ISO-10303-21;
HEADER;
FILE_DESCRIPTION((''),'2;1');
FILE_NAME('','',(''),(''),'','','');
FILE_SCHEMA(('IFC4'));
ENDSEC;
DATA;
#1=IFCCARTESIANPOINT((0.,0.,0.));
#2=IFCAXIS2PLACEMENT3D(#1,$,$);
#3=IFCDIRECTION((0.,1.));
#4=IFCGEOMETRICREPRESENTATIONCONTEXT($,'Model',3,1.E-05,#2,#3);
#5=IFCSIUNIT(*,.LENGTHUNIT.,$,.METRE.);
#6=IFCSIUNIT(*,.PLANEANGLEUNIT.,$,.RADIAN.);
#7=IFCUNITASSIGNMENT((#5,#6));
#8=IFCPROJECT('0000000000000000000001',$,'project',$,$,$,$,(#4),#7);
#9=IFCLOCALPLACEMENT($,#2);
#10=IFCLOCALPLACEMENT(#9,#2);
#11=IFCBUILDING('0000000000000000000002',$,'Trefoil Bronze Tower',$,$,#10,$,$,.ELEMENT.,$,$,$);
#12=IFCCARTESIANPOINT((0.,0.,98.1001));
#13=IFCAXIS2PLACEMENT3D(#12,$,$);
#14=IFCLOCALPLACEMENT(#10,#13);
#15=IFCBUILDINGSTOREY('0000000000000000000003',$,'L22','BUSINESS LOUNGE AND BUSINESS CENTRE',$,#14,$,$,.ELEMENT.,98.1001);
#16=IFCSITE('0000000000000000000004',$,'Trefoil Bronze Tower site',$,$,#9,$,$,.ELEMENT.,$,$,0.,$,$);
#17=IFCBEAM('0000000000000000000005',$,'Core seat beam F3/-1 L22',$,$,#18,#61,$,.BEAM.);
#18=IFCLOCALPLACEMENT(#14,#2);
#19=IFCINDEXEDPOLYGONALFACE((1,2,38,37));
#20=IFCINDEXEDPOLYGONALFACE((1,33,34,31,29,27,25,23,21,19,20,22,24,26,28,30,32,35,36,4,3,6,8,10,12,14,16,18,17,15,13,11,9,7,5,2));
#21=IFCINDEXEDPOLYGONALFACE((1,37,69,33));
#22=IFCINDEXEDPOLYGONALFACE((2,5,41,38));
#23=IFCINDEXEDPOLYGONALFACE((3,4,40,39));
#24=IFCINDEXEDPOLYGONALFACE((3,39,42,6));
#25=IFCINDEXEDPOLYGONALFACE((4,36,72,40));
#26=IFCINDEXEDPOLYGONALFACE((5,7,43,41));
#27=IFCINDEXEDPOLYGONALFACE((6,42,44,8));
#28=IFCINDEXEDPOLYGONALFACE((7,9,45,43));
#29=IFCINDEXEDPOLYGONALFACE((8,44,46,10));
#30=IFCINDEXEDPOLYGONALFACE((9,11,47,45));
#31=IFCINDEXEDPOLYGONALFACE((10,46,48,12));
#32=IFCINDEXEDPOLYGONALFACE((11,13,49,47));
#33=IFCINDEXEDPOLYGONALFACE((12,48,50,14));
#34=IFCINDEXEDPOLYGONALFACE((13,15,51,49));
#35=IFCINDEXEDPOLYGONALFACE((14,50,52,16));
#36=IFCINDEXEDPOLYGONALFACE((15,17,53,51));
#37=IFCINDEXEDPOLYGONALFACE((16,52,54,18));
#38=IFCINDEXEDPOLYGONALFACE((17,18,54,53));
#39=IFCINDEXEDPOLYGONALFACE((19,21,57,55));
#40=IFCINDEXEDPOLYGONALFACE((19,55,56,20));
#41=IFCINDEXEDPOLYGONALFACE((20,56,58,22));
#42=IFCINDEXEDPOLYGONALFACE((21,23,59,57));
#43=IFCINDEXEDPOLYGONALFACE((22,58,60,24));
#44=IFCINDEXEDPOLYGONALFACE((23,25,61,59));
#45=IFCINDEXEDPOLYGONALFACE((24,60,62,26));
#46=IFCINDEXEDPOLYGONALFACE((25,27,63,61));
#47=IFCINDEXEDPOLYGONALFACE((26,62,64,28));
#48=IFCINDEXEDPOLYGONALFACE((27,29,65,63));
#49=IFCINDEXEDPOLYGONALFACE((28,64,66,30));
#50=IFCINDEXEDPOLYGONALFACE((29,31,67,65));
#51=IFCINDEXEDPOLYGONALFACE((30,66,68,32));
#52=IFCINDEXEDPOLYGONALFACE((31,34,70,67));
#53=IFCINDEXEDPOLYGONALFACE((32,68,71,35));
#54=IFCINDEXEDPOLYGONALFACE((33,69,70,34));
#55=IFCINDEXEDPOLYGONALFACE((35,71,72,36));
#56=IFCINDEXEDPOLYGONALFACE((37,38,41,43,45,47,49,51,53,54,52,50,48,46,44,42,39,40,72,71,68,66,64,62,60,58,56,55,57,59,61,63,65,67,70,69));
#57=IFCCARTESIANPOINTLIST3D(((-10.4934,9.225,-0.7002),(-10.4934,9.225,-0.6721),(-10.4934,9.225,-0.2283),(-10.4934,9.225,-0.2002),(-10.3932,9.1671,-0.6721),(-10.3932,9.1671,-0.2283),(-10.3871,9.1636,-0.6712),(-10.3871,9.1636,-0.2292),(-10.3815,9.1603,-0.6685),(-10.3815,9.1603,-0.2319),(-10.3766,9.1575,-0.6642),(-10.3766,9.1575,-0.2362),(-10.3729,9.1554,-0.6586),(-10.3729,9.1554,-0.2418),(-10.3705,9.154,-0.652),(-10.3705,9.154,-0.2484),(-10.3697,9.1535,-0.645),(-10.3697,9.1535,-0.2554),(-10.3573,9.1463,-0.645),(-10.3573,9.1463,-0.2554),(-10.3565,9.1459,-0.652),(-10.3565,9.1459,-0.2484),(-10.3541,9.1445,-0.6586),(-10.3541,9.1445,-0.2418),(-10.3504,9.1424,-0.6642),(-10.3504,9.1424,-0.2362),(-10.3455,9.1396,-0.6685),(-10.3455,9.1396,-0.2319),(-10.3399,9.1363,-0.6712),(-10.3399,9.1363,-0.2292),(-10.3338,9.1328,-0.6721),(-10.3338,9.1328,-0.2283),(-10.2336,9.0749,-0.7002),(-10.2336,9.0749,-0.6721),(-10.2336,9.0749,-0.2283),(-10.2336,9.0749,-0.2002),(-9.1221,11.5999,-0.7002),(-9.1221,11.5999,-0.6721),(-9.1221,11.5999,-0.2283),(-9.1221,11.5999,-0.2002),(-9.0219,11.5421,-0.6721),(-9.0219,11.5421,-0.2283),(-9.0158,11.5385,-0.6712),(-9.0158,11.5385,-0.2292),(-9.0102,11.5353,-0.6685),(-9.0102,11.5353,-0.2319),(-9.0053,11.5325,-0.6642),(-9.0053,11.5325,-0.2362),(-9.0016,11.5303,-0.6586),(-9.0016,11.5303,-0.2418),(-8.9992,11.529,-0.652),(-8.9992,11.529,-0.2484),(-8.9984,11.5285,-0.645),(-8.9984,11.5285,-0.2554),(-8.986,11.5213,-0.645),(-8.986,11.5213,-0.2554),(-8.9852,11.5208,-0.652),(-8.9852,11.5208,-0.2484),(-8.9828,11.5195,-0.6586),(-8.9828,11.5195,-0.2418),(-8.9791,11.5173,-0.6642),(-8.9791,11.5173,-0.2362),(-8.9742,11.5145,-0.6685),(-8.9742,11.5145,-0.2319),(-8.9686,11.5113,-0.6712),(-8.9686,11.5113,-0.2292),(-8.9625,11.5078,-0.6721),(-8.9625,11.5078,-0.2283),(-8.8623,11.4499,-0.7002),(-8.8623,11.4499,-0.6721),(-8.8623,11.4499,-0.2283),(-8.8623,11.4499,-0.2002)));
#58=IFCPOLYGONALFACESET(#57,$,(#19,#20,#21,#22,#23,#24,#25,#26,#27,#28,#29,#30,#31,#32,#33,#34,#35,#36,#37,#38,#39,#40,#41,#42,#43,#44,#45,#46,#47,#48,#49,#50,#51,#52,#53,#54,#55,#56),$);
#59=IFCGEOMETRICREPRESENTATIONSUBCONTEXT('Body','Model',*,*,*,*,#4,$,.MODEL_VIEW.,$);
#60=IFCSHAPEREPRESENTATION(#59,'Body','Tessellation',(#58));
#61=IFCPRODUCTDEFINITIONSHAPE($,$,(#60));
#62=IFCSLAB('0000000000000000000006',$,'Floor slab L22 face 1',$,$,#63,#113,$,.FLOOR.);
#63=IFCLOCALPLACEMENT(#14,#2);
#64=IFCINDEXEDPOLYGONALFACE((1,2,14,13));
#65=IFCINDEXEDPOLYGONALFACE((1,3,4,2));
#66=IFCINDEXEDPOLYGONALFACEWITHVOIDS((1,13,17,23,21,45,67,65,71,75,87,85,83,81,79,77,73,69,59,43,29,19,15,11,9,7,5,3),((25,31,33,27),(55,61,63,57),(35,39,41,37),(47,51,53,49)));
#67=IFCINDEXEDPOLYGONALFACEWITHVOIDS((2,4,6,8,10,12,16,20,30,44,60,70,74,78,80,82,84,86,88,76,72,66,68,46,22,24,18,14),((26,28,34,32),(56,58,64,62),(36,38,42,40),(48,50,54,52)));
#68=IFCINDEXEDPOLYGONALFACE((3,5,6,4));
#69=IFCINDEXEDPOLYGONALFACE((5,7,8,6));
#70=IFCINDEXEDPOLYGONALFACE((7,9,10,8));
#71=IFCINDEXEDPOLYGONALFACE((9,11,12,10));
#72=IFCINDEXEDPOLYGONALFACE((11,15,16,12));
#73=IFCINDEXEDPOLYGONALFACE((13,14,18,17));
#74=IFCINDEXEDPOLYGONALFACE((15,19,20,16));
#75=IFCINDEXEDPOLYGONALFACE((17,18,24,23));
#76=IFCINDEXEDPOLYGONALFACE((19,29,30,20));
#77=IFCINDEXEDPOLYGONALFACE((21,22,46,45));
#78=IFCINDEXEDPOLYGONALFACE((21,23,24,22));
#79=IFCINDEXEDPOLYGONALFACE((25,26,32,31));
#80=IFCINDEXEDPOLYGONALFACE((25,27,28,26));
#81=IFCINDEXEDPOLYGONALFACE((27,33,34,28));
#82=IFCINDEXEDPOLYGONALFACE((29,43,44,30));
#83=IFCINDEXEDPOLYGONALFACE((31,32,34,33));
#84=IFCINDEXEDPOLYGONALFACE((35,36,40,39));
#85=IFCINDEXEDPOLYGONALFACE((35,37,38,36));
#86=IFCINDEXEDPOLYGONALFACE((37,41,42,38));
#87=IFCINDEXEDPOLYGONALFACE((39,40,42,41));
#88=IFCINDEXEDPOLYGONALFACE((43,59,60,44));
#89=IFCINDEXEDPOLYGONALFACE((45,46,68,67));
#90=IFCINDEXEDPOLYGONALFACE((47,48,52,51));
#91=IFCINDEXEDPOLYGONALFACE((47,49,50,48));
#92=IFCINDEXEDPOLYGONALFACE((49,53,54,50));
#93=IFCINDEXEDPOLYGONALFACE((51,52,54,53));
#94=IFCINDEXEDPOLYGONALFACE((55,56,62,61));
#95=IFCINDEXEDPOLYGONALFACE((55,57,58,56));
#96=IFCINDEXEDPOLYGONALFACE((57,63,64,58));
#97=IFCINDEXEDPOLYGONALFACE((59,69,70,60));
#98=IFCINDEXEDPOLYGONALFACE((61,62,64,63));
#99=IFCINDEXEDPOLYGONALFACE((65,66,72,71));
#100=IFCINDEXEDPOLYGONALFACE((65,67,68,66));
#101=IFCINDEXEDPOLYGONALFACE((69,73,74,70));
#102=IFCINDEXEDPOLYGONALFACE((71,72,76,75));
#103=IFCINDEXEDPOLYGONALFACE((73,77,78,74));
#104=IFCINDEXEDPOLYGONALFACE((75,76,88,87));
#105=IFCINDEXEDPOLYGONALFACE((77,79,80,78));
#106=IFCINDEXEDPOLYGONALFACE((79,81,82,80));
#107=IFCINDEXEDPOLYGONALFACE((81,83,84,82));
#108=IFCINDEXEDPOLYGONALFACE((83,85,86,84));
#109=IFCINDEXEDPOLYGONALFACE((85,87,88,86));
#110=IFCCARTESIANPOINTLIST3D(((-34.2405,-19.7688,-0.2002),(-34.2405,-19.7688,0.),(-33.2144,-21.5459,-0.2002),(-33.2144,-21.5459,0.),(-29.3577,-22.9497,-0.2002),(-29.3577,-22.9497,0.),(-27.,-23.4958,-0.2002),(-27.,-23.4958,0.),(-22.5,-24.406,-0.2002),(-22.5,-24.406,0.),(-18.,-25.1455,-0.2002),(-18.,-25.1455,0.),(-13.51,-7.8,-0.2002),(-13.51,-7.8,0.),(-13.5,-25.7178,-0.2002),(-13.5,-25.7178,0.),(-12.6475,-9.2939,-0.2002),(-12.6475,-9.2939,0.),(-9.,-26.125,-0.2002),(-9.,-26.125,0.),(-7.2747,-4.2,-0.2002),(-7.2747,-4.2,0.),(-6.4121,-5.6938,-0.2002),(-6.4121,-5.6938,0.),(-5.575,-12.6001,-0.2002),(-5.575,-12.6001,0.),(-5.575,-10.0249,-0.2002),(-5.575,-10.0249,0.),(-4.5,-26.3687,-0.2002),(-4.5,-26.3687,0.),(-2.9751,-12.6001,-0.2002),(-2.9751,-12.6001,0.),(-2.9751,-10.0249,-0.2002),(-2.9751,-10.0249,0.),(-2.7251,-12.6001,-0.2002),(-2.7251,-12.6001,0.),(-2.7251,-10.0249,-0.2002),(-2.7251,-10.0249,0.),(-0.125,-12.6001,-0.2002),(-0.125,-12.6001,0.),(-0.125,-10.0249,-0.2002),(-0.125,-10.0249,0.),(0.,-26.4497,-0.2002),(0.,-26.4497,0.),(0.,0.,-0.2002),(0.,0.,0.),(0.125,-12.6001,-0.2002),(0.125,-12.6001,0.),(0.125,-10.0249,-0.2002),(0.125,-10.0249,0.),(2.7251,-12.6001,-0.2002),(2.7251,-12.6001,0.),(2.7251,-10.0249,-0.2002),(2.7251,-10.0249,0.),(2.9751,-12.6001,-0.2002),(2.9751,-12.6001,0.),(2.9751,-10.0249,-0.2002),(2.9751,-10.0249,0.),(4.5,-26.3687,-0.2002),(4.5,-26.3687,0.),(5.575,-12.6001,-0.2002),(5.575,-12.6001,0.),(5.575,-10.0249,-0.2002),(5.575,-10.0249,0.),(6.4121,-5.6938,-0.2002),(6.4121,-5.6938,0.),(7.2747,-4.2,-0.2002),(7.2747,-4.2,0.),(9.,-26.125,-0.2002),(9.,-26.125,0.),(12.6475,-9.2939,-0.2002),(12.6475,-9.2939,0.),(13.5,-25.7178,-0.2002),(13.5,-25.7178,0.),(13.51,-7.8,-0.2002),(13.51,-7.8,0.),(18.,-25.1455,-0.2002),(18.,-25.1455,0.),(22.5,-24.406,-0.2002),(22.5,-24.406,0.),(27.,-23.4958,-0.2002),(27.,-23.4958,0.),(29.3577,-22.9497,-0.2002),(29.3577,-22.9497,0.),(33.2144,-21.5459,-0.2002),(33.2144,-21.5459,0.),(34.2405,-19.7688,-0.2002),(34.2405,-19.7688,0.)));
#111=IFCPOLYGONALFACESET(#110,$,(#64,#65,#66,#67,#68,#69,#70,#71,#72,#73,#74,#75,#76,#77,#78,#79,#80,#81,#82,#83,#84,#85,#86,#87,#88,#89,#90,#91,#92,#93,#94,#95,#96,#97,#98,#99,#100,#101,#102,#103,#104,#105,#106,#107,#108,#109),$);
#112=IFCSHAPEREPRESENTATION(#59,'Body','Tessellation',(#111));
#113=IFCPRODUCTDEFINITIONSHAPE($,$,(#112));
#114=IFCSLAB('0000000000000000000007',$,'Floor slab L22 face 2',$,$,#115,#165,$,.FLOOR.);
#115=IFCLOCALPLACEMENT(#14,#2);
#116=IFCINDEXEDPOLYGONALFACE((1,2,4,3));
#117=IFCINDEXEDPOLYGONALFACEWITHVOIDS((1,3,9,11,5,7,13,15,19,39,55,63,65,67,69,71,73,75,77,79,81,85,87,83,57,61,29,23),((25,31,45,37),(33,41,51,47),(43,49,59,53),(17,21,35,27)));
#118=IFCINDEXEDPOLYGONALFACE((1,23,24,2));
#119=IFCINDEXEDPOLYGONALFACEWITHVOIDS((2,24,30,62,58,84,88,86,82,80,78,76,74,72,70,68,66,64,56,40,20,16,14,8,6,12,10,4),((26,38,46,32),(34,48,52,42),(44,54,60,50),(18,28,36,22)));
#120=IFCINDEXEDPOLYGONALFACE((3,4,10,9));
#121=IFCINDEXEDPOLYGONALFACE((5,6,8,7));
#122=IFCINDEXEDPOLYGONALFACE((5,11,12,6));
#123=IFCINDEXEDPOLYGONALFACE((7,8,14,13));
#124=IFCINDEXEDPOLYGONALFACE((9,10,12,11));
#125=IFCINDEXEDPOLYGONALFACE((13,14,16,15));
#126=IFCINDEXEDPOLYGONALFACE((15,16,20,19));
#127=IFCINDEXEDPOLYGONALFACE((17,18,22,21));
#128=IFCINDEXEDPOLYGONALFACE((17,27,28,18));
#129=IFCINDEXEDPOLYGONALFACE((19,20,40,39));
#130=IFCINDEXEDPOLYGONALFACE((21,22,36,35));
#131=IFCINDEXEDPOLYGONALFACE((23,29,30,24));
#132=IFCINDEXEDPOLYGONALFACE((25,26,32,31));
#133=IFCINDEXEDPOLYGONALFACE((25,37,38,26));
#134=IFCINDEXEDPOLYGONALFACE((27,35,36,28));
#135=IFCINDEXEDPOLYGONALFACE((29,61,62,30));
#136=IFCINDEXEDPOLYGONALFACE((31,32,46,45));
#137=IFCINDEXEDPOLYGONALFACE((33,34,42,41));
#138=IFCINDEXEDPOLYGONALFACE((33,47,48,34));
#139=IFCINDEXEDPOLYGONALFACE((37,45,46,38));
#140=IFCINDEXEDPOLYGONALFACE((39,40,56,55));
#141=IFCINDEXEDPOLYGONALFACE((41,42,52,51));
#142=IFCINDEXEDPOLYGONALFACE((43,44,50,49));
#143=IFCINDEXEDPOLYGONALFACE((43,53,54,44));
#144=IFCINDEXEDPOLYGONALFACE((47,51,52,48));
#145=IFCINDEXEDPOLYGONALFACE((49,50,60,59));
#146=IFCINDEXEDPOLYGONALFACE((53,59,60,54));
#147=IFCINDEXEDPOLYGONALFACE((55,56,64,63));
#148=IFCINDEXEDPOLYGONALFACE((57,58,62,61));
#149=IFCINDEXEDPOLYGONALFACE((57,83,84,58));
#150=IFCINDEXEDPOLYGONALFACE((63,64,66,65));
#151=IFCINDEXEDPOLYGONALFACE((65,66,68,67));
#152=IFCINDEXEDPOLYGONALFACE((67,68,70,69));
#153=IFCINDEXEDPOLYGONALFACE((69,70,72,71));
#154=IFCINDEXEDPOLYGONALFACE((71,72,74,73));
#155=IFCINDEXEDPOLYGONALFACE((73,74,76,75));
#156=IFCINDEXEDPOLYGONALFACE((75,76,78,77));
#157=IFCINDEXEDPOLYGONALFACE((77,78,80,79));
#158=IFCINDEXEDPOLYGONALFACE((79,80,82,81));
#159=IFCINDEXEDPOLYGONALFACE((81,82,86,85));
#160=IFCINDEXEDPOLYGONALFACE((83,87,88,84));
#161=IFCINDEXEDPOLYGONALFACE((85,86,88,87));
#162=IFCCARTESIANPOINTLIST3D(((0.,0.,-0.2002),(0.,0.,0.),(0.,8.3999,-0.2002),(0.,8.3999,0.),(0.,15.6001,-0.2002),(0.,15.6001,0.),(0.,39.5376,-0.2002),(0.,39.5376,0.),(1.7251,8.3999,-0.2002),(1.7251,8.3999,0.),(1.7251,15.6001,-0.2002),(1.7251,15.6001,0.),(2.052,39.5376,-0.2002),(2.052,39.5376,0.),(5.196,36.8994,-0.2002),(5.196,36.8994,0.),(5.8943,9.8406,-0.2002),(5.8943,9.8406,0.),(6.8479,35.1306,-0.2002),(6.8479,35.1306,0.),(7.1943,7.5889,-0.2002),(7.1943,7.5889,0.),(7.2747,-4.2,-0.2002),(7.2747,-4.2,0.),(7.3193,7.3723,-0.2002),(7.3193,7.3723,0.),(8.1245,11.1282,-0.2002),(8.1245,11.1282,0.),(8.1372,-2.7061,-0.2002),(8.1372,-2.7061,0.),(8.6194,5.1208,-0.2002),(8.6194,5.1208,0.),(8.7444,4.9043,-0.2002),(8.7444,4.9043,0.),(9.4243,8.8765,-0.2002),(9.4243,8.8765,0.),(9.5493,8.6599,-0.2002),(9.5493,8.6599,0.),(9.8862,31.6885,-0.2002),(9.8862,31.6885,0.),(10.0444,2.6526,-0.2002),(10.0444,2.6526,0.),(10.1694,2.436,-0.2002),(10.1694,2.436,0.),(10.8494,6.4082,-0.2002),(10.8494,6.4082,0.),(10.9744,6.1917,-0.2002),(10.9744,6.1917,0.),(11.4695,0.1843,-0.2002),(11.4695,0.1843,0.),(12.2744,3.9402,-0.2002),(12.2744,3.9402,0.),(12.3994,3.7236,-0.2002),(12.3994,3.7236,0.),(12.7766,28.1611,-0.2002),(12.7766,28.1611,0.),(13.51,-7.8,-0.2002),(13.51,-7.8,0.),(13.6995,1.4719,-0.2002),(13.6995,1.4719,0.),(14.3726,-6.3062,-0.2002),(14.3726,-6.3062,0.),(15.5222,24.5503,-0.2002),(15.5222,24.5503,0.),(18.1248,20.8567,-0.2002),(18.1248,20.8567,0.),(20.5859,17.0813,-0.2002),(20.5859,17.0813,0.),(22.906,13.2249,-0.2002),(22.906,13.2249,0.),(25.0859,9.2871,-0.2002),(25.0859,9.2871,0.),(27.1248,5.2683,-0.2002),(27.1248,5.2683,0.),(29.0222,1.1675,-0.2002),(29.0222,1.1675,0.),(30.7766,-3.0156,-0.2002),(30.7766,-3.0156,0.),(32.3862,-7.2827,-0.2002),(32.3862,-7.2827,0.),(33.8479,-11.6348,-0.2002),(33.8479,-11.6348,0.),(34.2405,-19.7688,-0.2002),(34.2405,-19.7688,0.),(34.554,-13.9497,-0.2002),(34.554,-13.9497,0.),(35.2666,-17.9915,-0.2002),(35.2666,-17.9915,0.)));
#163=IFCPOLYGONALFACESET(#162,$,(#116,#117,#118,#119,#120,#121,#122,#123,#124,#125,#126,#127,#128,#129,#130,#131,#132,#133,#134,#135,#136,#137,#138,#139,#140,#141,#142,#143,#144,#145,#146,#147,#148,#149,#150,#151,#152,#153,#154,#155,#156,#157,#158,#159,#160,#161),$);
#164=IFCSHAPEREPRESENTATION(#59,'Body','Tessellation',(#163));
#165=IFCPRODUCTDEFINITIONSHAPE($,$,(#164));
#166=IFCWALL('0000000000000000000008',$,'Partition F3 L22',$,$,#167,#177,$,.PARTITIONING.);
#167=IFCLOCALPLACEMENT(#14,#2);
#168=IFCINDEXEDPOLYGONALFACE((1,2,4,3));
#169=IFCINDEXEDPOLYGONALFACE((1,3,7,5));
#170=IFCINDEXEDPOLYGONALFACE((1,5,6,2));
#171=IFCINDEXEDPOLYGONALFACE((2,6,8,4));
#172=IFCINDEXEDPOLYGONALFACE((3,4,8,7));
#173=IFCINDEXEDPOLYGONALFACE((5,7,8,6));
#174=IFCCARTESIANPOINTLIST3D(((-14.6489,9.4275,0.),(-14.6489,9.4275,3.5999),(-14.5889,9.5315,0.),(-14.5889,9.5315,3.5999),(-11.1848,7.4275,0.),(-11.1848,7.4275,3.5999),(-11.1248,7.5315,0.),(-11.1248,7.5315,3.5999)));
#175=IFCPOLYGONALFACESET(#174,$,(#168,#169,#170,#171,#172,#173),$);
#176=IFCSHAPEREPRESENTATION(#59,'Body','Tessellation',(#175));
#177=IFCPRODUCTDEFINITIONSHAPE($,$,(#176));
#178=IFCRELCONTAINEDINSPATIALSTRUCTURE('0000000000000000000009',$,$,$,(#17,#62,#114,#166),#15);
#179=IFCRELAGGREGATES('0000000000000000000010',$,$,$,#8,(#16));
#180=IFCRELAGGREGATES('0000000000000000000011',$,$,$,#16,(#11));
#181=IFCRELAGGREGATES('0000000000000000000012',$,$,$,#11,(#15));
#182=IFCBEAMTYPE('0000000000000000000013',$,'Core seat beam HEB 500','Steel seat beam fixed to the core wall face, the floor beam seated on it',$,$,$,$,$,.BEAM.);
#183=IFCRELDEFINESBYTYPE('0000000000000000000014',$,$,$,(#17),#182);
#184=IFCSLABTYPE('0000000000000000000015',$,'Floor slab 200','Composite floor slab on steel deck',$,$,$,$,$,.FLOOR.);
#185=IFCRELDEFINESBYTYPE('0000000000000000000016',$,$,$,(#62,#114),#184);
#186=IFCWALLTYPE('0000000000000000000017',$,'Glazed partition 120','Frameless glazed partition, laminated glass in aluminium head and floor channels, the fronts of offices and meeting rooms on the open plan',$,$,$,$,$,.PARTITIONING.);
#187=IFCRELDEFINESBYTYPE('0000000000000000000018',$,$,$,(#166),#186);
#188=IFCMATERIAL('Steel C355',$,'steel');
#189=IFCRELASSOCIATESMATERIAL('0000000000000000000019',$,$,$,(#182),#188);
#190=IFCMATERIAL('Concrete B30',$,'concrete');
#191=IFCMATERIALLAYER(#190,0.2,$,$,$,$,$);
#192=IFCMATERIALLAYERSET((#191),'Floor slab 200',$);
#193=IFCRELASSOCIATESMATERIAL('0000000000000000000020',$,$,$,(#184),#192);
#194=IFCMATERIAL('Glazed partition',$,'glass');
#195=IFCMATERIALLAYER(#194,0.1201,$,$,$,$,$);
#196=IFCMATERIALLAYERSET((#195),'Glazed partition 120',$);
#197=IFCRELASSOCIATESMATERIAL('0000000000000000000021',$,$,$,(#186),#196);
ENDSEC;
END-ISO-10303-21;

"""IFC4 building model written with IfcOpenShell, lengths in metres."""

from ifc_helpers import new_model, si_unit, direction, frame, frame_2d, origin, origin_2d, place, context, subcontext, project, spatial, polyline, rectangle, i_section, outline, extrude, material, layer, layer_set, material_profile, profile_set, type_object, element, save


model = new_model("IFC4")

# Units and contexts
model_context = context("Model", 3, precision=1e-05, world=origin(), true_north=direction((0.0, 1.0)))
body_context = subcontext(model_context, "Body", "Model", "MODEL_VIEW")
ifc_project = project(units=[si_unit("LENGTHUNIT", "METRE"), si_unit("PLANEANGLEUNIT", "RADIAN")], contexts=[model_context])

# Site, building, storey
site_placement = place(None, origin())
site = spatial("IfcSite", under=ifc_project, at=site_placement, Name="Trefoil Bronze Tower site", CompositionType="ELEMENT", RefElevation=0.0)
building_placement = place(site_placement, origin())
building = spatial("IfcBuilding", under=site, at=building_placement, Name="Trefoil Bronze Tower", CompositionType="ELEMENT")
storey_placement = place(building_placement, frame((0.0, 0.0, 98.1001)))
storey = spatial("IfcBuildingStorey", under=building, at=storey_placement, Name="L22", Description="BUSINESS LOUNGE AND BUSINESS CENTRE", CompositionType="ELEMENT", Elevation=98.1001)

# Beam
ifc_material_1 = material(Name="Steel C355", Category="steel")
ifc_material_profile = material_profile(ifc_material_1, i_section(OverallWidth=0.3, OverallDepth=0.5, WebThickness=0.0144, FlangeThickness=0.0281, FilletRadius=0.0271, at=origin_2d()), Name="HEB 500")
ifc_profile_set = profile_set([ifc_material_profile], Name="Steel C355")
beam_type = type_object("IfcBeamType", Name="Core seat beam HEB 500", Description="Steel seat beam fixed to the core wall face, the floor beam seated on it", PredefinedType="BEAM", material=ifc_profile_set)
beam_placement = place(storey_placement, frame((-8.9922, 11.5249, -0.4502), z_axis=(-0.500036, -0.866005, 0.0), x_axis=(0.866005, -0.500036, 0.0)))
element("IfcBeam", 1, at=beam_placement, inside=storey, type_object=beam_type, Name="Core seat beam F3/-1 L22", PredefinedType="BEAM", context=body_context, shape_type="SweptSolid", body=[
    extrude(i_section(OverallWidth=0.3, OverallDepth=0.5, WebThickness=0.0144, FlangeThickness=0.0281, FilletRadius=0.0271, at=origin_2d()), origin(), (0.0, 0.0, 1.0), 2.7424),
])

# Slabs
ifc_material_2 = material(Name="Concrete B30", Category="concrete")
ifc_layer_1 = layer(ifc_material_2, 0.2)
ifc_layer_set_1 = layer_set([ifc_layer_1], Name="Floor slab 200")
slab_type = type_object("IfcSlabType", Name="Floor slab 200", Description="Composite floor slab on steel deck", PredefinedType="FLOOR", material=ifc_layer_set_1)
slab_1_placement = place(storey_placement, frame((0.0, 0.0, -0.2002)))
element("IfcSlab", 2, at=slab_1_placement, inside=storey, type_object=slab_type, Name="Floor slab L22 face 1", PredefinedType="FLOOR", context=body_context, shape_type="SweptSolid", body=[
    extrude(outline(polyline([(22.5, -24.406), (18.0, -25.1455), (13.5, -25.7178), (9.0, -26.125), (4.5, -26.3687), (0.0, -26.4497), (-4.5, -26.3687), (-9.0, -26.125), (-13.5, -25.7178), (-18.0, -25.1455), (-22.5, -24.406), (-27.0, -23.4958), (-29.3577, -22.9497), (-33.2144, -21.5459), (-34.2405, -19.7688), (-13.51, -7.8), (-12.6475, -9.2939), (-6.4121, -5.6938), (-7.2747, -4.2), (0.0, 0.0), (7.2747, -4.2), (6.4121, -5.6938), (12.6475, -9.2939), (13.51, -7.8), (34.2405, -19.7688), (33.2144, -21.5459), (29.3577, -22.9497), (27.0, -23.4958), (22.5, -24.406)]), holes=[polyline([(-5.575, -10.0249), (-2.9751, -10.0249), (-2.9751, -12.6001), (-5.575, -12.6001), (-5.575, -10.0249)]), polyline([(-2.7251, -10.0249), (-0.125, -10.0249), (-0.125, -12.6001), (-2.7251, -12.6001), (-2.7251, -10.0249)]), polyline([(0.125, -10.0249), (2.7251, -10.0249), (2.7251, -12.6001), (0.125, -12.6001), (0.125, -10.0249)]), polyline([(2.9751, -10.0249), (5.575, -10.0249), (5.575, -12.6001), (2.9751, -12.6001), (2.9751, -10.0249)])]), origin(), (0.0, 0.0, 1.0), 0.2002),
])
slab_2_placement = place(storey_placement, frame((0.0, 0.0, -0.2002)))
element("IfcSlab", 3, at=slab_2_placement, inside=storey, type_object=slab_type, Name="Floor slab L22 face 2", PredefinedType="FLOOR", context=body_context, shape_type="SweptSolid", body=[
    extrude(outline(polyline([(9.8862, 31.6885), (12.7766, 28.1611), (15.5222, 24.5503), (18.1248, 20.8567), (20.5859, 17.0813), (22.906, 13.2249), (25.0859, 9.2871), (27.1248, 5.2683), (29.0222, 1.1675), (30.7766, -3.0156), (32.3862, -7.2827), (33.8479, -11.6348), (34.554, -13.9497), (35.2666, -17.9915), (34.2405, -19.7688), (13.51, -7.8), (14.3726, -6.3062), (8.1372, -2.7061), (7.2747, -4.2), (0.0, 0.0), (0.0, 8.3999), (1.7251, 8.3999), (1.7251, 15.6001), (0.0, 15.6001), (0.0, 39.5376), (2.052, 39.5376), (5.196, 36.8994), (6.8479, 35.1306), (9.8862, 31.6885)]), holes=[polyline([(11.4695, 0.1843), (10.1694, 2.436), (12.3994, 3.7236), (13.6995, 1.4719), (11.4695, 0.1843)]), polyline([(10.0444, 2.6526), (8.7444, 4.9043), (10.9744, 6.1917), (12.2744, 3.9402), (10.0444, 2.6526)]), polyline([(8.6194, 5.1208), (7.3193, 7.3723), (9.5493, 8.6599), (10.8494, 6.4082), (8.6194, 5.1208)]), polyline([(7.1943, 7.5889), (5.8943, 9.8406), (8.1245, 11.1282), (9.4243, 8.8765), (7.1943, 7.5889)])]), origin(), (0.0, 0.0, 1.0), 0.2002),
])

# Wall
ifc_material_3 = material(Name="Glazed partition", Category="glass")
ifc_layer_2 = layer(ifc_material_3, 0.1201)
ifc_layer_set_2 = layer_set([ifc_layer_2], Name="Glazed partition 120")
wall_type_1 = type_object("IfcWallType", Name="Glazed partition 120", Description="Frameless glazed partition, laminated glass in aluminium head and floor channels, the fronts of offices and meeting rooms on the open plan", PredefinedType="PARTITIONING", material=ifc_layer_set_2)
wall_1_placement = place(storey_placement, frame((-11.1548, 7.4795, 0.0), z_axis=(0.0, 0.0, 1.0), x_axis=(-0.866026, 0.499999, 0.0)))
element("IfcWall", 4, at=wall_1_placement, inside=storey, type_object=wall_type_1, Name="Partition F3 L22", PredefinedType="PARTITIONING", context=body_context, shape_type="SweptSolid", body=[
    extrude(rectangle(XDim=4.0, YDim=0.1201, at=frame_2d((2.0, 0.0))), origin(), (0.0, 0.0, 1.0), 3.5999),
])

save(model, "model.ifc")
